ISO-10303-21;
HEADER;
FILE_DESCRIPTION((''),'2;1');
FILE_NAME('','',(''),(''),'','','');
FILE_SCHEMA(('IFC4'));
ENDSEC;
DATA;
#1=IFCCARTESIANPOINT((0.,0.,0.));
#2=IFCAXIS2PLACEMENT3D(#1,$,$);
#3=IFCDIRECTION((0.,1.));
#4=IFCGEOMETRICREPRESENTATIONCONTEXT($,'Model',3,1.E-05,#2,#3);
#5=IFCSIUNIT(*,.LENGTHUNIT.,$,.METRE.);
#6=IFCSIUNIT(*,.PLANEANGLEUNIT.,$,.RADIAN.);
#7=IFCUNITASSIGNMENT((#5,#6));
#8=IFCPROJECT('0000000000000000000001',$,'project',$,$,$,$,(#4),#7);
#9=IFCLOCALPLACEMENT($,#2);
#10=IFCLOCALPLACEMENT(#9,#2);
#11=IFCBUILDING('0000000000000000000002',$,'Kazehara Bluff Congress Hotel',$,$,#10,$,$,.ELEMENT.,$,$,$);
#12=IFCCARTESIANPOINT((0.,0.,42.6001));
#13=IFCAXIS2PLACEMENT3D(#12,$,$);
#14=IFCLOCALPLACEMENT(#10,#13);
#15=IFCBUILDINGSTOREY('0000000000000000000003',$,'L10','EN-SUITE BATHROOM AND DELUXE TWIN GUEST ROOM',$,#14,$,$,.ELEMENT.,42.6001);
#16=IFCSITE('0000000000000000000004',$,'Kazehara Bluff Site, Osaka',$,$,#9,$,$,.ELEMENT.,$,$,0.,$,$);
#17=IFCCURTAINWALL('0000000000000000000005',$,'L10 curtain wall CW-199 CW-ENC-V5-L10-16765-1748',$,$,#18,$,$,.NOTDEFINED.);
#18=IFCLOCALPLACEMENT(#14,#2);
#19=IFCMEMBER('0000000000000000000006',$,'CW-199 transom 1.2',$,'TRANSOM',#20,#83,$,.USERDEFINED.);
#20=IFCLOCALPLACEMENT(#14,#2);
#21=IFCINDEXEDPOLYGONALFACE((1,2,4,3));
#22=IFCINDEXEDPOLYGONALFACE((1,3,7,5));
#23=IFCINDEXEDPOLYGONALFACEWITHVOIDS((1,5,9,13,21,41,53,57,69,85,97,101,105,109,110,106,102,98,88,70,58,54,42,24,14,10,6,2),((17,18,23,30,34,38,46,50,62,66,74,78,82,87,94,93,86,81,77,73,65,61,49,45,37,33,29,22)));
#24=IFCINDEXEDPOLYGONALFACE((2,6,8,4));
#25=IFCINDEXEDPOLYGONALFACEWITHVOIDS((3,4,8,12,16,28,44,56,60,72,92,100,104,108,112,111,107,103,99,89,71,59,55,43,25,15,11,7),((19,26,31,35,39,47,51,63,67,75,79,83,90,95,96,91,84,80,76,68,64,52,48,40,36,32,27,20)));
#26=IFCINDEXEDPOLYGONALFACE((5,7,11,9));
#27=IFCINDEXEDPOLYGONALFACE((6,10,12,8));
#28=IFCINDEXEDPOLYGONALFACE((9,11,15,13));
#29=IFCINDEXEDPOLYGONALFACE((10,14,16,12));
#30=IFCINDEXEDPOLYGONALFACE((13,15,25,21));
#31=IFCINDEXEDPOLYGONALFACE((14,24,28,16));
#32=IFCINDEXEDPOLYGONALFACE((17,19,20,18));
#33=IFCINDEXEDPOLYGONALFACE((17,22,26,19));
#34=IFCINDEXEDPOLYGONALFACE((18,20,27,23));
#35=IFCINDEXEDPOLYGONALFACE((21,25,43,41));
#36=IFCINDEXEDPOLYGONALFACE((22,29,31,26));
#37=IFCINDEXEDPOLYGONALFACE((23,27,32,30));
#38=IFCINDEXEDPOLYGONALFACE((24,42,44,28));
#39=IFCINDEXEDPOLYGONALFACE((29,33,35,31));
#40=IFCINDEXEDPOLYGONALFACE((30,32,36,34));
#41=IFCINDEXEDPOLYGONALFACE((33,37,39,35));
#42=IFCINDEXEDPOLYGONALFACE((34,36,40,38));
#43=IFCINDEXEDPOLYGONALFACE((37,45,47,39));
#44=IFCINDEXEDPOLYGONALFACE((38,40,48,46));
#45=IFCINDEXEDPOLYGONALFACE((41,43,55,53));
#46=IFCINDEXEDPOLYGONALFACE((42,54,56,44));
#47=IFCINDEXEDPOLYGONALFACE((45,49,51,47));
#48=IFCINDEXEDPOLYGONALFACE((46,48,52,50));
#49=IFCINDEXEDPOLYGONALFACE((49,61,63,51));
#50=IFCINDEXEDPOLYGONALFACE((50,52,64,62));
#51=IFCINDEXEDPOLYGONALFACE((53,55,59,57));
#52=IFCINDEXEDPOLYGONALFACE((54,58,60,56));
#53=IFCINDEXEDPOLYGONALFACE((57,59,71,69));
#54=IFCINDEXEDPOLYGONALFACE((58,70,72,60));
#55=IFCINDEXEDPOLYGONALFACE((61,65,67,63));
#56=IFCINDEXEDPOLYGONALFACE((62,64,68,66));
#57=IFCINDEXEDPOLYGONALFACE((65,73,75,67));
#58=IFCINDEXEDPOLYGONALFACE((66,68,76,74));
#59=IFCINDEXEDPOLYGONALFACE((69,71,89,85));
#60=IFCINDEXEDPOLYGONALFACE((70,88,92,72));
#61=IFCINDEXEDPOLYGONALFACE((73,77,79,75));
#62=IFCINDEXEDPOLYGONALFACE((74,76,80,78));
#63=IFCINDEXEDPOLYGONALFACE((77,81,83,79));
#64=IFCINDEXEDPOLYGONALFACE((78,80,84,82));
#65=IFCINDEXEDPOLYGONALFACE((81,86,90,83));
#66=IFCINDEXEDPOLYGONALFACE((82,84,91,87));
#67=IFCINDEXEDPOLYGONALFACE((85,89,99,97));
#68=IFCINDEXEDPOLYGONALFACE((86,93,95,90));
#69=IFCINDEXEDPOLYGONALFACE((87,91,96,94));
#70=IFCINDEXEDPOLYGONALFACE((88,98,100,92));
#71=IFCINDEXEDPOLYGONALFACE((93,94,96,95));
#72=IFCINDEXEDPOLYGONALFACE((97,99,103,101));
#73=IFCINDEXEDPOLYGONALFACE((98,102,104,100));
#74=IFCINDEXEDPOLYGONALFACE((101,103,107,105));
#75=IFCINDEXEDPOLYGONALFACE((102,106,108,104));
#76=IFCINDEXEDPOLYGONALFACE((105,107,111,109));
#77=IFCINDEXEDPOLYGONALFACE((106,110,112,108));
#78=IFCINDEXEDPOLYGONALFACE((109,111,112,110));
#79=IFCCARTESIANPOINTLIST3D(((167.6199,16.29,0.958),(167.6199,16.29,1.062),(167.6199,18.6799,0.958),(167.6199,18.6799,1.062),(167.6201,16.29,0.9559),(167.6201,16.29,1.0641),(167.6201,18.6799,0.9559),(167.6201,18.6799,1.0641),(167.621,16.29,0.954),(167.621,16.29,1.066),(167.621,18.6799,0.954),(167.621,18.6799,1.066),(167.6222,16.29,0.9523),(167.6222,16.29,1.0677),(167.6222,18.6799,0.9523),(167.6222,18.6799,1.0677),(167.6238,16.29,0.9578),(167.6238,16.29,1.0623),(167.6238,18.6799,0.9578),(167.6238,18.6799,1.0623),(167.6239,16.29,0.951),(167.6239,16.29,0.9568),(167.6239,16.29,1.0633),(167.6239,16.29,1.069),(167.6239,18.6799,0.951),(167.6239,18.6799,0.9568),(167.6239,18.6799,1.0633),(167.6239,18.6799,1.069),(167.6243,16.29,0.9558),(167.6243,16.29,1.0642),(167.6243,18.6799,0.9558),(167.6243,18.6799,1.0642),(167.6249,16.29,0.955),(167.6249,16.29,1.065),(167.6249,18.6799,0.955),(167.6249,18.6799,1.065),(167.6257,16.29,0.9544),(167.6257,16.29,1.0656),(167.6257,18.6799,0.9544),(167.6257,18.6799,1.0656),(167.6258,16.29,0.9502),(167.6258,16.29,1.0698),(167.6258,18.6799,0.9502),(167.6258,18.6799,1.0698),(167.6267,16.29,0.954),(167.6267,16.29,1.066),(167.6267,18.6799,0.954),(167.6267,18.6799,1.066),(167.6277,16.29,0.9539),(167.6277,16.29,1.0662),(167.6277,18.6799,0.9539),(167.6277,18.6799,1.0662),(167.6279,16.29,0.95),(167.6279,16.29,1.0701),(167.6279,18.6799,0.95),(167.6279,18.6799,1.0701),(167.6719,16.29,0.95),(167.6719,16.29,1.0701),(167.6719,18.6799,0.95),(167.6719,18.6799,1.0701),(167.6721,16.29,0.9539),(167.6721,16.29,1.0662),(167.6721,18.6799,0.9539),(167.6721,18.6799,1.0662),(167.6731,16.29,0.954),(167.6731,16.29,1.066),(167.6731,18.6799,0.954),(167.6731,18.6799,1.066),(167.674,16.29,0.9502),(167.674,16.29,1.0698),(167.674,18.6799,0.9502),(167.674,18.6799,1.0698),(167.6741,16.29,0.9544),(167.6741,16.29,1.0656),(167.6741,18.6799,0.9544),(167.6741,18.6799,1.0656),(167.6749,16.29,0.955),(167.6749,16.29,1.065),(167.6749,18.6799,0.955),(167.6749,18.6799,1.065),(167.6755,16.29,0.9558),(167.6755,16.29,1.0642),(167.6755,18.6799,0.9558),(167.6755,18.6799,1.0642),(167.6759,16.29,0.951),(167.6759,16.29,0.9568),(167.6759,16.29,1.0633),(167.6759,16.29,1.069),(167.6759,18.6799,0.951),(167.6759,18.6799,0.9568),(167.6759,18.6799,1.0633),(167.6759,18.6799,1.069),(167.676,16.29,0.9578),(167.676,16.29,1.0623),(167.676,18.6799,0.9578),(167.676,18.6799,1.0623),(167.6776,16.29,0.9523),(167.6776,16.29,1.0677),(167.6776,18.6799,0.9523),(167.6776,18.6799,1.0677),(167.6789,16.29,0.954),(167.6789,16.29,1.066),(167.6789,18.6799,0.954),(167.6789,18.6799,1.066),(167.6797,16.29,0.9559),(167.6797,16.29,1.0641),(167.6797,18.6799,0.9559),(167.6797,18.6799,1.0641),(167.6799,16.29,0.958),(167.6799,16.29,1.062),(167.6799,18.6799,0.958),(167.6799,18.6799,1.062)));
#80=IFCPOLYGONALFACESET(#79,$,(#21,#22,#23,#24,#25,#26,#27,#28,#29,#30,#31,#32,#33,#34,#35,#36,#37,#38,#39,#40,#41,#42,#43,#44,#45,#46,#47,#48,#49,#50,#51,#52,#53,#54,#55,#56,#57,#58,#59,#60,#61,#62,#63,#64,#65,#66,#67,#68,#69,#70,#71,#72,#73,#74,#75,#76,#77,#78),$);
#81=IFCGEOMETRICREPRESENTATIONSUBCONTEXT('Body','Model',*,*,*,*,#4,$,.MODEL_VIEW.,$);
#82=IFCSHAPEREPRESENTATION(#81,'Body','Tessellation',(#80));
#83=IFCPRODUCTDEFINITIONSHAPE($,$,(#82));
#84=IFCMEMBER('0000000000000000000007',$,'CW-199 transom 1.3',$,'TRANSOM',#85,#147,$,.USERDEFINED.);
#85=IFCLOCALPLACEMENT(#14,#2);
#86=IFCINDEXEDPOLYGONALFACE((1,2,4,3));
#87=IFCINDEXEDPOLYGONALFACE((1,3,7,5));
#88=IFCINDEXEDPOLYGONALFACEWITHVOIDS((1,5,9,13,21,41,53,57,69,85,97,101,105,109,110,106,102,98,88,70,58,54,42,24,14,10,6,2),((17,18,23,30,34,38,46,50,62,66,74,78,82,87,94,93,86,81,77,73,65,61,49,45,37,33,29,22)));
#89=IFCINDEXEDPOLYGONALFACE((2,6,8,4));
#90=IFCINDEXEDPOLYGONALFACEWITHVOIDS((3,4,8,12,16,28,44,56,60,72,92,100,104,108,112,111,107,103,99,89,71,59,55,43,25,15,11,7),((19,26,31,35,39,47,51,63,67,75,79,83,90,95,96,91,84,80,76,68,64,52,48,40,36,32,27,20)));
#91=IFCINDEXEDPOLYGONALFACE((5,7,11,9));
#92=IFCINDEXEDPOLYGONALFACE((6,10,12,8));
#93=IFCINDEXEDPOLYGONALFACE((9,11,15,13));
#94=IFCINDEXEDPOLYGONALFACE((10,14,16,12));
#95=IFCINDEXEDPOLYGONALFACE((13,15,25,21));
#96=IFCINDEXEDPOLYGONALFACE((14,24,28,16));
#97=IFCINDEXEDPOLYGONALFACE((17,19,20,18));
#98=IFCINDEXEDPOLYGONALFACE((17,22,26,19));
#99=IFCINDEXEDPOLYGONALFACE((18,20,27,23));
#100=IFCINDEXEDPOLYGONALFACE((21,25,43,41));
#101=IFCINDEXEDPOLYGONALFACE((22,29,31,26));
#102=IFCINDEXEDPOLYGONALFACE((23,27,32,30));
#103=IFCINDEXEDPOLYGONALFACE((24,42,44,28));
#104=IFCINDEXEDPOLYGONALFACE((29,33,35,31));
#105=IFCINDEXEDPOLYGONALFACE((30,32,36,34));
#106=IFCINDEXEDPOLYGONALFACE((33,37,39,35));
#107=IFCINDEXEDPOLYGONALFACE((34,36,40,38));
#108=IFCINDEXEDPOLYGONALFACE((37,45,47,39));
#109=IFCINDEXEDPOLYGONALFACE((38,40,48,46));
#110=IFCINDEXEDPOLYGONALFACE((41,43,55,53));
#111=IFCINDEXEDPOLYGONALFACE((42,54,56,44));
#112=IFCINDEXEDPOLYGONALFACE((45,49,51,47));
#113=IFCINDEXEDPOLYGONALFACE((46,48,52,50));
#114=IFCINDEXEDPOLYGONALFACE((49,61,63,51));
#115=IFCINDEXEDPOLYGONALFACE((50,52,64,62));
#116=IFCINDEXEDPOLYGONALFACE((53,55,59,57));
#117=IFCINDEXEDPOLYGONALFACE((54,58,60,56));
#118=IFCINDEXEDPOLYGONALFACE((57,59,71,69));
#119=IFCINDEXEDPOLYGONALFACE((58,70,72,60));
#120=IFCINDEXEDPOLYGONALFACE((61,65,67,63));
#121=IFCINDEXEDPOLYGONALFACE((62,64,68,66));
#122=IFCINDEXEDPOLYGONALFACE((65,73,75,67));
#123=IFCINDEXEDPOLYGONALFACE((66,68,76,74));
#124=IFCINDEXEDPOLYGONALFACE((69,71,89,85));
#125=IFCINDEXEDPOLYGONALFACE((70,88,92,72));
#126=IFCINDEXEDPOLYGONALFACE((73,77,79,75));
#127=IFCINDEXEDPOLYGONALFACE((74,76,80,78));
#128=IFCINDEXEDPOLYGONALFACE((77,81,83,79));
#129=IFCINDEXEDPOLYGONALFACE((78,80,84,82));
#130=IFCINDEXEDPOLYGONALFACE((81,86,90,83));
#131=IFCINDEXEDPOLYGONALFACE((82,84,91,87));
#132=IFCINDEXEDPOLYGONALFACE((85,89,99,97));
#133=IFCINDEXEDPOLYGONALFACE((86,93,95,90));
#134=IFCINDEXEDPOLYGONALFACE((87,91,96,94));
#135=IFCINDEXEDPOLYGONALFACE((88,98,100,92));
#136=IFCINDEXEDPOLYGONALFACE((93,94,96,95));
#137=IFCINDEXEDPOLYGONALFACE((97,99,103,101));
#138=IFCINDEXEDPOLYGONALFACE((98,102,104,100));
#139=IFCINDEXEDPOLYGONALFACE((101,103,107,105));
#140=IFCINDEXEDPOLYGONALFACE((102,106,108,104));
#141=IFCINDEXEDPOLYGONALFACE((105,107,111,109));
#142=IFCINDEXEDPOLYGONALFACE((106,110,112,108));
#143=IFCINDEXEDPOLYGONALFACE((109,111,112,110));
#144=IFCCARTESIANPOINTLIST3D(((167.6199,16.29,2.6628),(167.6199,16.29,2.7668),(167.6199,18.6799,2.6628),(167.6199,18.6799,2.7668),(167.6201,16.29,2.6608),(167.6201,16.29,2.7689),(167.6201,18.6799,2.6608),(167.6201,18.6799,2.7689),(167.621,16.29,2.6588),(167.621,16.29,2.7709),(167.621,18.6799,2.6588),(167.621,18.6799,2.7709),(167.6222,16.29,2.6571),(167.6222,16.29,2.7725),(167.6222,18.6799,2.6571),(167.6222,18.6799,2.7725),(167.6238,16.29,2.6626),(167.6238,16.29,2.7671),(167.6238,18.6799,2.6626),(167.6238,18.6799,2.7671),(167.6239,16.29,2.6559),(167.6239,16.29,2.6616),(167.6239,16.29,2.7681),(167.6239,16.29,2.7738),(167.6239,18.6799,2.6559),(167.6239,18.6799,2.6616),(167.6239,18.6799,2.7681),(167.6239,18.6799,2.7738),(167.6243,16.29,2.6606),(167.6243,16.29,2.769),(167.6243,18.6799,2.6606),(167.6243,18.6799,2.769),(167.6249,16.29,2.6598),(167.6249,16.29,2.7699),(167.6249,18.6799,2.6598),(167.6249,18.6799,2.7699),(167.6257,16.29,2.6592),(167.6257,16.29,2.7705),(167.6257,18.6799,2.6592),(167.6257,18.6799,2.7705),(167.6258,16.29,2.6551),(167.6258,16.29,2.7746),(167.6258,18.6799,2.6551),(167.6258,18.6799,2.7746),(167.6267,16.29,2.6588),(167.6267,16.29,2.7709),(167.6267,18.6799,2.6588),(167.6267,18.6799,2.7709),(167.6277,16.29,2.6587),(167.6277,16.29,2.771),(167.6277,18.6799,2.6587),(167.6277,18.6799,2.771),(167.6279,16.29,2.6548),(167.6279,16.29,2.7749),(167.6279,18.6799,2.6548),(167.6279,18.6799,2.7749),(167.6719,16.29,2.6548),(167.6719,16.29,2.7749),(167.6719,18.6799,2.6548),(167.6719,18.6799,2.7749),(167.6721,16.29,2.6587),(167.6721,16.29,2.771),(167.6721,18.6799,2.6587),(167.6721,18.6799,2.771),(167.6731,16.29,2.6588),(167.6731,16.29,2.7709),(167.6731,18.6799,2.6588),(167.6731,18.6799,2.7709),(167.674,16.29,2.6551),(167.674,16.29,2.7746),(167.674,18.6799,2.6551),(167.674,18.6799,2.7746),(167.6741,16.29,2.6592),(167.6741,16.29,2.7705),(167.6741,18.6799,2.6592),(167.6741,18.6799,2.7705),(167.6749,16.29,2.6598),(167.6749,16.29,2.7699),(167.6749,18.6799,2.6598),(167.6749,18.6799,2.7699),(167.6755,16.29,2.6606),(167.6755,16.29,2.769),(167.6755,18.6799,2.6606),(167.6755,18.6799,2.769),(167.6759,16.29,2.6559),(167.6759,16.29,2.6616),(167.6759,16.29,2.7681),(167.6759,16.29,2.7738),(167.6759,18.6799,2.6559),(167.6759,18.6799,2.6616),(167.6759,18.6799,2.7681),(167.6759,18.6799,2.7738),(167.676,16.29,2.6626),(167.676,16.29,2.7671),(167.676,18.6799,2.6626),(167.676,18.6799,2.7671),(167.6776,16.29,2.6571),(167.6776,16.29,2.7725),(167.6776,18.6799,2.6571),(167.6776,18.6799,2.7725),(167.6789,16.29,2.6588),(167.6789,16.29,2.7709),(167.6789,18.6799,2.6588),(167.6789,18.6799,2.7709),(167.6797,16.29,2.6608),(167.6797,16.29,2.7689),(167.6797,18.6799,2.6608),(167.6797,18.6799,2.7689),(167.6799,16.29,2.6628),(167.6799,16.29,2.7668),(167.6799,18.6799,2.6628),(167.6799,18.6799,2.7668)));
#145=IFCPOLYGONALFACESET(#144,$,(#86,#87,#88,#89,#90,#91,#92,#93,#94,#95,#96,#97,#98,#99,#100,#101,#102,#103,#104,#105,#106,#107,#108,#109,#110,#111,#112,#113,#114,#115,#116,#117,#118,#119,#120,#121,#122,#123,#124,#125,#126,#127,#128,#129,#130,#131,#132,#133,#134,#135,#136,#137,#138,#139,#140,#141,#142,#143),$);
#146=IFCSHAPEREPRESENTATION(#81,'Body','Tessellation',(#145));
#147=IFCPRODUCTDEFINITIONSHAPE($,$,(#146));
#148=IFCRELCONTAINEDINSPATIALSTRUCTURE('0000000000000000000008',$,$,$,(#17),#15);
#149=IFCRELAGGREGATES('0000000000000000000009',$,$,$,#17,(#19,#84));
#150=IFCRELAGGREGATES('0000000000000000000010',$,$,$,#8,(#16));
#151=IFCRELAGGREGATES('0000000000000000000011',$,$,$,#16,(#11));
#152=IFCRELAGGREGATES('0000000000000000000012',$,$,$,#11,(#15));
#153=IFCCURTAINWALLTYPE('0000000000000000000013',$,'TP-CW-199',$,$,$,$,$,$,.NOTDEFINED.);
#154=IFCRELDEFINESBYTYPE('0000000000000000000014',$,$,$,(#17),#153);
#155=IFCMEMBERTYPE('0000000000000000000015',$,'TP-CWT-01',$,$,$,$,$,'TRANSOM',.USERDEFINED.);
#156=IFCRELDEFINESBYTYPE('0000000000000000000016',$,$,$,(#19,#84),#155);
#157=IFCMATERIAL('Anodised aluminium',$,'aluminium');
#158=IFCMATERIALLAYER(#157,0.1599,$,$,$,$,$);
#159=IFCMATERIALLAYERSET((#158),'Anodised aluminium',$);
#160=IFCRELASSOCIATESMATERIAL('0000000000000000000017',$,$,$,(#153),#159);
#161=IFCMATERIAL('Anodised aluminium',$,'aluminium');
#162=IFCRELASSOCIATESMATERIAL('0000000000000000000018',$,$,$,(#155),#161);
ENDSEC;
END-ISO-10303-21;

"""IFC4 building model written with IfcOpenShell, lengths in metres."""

from ifc_helpers import new_model, si_unit, direction, frame, origin, origin_2d, place, context, subcontext, project, spatial, hollow_rectangle, extrude, material, layer, layer_set, material_profile, profile_set, type_object, element, aggregate, save


model = new_model("IFC4")

# Units and contexts
model_context = context("Model", 3, precision=1e-05, world=origin(), true_north=direction((0.0, 1.0)))
body_context = subcontext(model_context, "Body", "Model", "MODEL_VIEW")
ifc_project = project(units=[si_unit("LENGTHUNIT", "METRE"), si_unit("PLANEANGLEUNIT", "RADIAN")], contexts=[model_context])

# Site, building, storey
site_placement = place(None, origin())
site = spatial("IfcSite", under=ifc_project, at=site_placement, Name="Kazehara Bluff Site, Osaka", CompositionType="ELEMENT", RefElevation=0.0)
building_placement = place(site_placement, origin())
building = spatial("IfcBuilding", under=site, at=building_placement, Name="Kazehara Bluff Congress Hotel", CompositionType="ELEMENT")
storey_placement = place(building_placement, frame((0.0, 0.0, 42.6001)))
storey = spatial("IfcBuildingStorey", under=building, at=storey_placement, Name="L10", Description="EN-SUITE BATHROOM AND DELUXE TWIN GUEST ROOM", CompositionType="ELEMENT", Elevation=42.6001)

# Curtain wall
ifc_material_1 = material(Name="Anodised aluminium", Category="aluminium")
ifc_layer_1 = layer(ifc_material_1, 0.1599)
ifc_layer_set_1 = layer_set([ifc_layer_1], Name="Anodised aluminium")
curtain_wall_type_1 = type_object("IfcCurtainWallType", Name="TP-CW-199", PredefinedType="NOTDEFINED", material=ifc_layer_set_1)
curtain_wall_1_placement = place(storey_placement, origin())
curtain_wall_1 = element("IfcCurtainWall", 1, at=curtain_wall_1_placement, inside=storey, type_object=curtain_wall_type_1, Name="L10 curtain wall CW-199 CW-ENC-V5-L10-16765-1748", PredefinedType="NOTDEFINED")

# Members
ifc_material_2 = material(Name="Anodised aluminium", Category="aluminium")
ifc_material_profile_1 = material_profile(ifc_material_2, hollow_rectangle(XDim=0.0601, YDim=0.1201, WallThickness=0.0039, InnerFilletRadius=0.0039, OuterFilletRadius=0.0081, at=origin_2d()))
ifc_profile_set_1 = profile_set([ifc_material_profile_1], Name="Anodised aluminium")
member_type_1 = type_object("IfcMemberType", Name="TP-CWT-01", ElementType="TRANSOM", PredefinedType="USERDEFINED", material=ifc_profile_set_1)
member_1_placement = place(storey_placement, frame((167.6499, 18.6799, 1.01), z_axis=(0.0, -1.0, 0.0), x_axis=(1.0, 0.0, 0.0)))
member_1 = element("IfcMember", 2, at=member_1_placement, type_object=member_type_1, Name="CW-199 transom 1.2", ObjectType="TRANSOM", PredefinedType="USERDEFINED", context=body_context, shape_type="SweptSolid", body=[
    extrude(hollow_rectangle(XDim=0.0601, YDim=0.1201, WallThickness=0.0039, InnerFilletRadius=0.0039, OuterFilletRadius=0.0081, at=origin_2d()), origin(), (0.0, 0.0, 1.0), 2.3899),
])
member_2_placement = place(storey_placement, frame((167.6499, 18.6799, 2.7148), z_axis=(0.0, -1.0, 0.0), x_axis=(1.0, 0.0, 0.0)))
member_2 = element("IfcMember", 3, at=member_2_placement, type_object=member_type_1, Name="CW-199 transom 1.3", ObjectType="TRANSOM", PredefinedType="USERDEFINED", context=body_context, shape_type="SweptSolid", body=[
    extrude(hollow_rectangle(XDim=0.0601, YDim=0.1201, WallThickness=0.0039, InnerFilletRadius=0.0039, OuterFilletRadius=0.0081, at=origin_2d()), origin(), (0.0, 0.0, 1.0), 2.3899),
])

aggregate(curtain_wall_1, [member_1, member_2])

save(model, "model.ifc")
